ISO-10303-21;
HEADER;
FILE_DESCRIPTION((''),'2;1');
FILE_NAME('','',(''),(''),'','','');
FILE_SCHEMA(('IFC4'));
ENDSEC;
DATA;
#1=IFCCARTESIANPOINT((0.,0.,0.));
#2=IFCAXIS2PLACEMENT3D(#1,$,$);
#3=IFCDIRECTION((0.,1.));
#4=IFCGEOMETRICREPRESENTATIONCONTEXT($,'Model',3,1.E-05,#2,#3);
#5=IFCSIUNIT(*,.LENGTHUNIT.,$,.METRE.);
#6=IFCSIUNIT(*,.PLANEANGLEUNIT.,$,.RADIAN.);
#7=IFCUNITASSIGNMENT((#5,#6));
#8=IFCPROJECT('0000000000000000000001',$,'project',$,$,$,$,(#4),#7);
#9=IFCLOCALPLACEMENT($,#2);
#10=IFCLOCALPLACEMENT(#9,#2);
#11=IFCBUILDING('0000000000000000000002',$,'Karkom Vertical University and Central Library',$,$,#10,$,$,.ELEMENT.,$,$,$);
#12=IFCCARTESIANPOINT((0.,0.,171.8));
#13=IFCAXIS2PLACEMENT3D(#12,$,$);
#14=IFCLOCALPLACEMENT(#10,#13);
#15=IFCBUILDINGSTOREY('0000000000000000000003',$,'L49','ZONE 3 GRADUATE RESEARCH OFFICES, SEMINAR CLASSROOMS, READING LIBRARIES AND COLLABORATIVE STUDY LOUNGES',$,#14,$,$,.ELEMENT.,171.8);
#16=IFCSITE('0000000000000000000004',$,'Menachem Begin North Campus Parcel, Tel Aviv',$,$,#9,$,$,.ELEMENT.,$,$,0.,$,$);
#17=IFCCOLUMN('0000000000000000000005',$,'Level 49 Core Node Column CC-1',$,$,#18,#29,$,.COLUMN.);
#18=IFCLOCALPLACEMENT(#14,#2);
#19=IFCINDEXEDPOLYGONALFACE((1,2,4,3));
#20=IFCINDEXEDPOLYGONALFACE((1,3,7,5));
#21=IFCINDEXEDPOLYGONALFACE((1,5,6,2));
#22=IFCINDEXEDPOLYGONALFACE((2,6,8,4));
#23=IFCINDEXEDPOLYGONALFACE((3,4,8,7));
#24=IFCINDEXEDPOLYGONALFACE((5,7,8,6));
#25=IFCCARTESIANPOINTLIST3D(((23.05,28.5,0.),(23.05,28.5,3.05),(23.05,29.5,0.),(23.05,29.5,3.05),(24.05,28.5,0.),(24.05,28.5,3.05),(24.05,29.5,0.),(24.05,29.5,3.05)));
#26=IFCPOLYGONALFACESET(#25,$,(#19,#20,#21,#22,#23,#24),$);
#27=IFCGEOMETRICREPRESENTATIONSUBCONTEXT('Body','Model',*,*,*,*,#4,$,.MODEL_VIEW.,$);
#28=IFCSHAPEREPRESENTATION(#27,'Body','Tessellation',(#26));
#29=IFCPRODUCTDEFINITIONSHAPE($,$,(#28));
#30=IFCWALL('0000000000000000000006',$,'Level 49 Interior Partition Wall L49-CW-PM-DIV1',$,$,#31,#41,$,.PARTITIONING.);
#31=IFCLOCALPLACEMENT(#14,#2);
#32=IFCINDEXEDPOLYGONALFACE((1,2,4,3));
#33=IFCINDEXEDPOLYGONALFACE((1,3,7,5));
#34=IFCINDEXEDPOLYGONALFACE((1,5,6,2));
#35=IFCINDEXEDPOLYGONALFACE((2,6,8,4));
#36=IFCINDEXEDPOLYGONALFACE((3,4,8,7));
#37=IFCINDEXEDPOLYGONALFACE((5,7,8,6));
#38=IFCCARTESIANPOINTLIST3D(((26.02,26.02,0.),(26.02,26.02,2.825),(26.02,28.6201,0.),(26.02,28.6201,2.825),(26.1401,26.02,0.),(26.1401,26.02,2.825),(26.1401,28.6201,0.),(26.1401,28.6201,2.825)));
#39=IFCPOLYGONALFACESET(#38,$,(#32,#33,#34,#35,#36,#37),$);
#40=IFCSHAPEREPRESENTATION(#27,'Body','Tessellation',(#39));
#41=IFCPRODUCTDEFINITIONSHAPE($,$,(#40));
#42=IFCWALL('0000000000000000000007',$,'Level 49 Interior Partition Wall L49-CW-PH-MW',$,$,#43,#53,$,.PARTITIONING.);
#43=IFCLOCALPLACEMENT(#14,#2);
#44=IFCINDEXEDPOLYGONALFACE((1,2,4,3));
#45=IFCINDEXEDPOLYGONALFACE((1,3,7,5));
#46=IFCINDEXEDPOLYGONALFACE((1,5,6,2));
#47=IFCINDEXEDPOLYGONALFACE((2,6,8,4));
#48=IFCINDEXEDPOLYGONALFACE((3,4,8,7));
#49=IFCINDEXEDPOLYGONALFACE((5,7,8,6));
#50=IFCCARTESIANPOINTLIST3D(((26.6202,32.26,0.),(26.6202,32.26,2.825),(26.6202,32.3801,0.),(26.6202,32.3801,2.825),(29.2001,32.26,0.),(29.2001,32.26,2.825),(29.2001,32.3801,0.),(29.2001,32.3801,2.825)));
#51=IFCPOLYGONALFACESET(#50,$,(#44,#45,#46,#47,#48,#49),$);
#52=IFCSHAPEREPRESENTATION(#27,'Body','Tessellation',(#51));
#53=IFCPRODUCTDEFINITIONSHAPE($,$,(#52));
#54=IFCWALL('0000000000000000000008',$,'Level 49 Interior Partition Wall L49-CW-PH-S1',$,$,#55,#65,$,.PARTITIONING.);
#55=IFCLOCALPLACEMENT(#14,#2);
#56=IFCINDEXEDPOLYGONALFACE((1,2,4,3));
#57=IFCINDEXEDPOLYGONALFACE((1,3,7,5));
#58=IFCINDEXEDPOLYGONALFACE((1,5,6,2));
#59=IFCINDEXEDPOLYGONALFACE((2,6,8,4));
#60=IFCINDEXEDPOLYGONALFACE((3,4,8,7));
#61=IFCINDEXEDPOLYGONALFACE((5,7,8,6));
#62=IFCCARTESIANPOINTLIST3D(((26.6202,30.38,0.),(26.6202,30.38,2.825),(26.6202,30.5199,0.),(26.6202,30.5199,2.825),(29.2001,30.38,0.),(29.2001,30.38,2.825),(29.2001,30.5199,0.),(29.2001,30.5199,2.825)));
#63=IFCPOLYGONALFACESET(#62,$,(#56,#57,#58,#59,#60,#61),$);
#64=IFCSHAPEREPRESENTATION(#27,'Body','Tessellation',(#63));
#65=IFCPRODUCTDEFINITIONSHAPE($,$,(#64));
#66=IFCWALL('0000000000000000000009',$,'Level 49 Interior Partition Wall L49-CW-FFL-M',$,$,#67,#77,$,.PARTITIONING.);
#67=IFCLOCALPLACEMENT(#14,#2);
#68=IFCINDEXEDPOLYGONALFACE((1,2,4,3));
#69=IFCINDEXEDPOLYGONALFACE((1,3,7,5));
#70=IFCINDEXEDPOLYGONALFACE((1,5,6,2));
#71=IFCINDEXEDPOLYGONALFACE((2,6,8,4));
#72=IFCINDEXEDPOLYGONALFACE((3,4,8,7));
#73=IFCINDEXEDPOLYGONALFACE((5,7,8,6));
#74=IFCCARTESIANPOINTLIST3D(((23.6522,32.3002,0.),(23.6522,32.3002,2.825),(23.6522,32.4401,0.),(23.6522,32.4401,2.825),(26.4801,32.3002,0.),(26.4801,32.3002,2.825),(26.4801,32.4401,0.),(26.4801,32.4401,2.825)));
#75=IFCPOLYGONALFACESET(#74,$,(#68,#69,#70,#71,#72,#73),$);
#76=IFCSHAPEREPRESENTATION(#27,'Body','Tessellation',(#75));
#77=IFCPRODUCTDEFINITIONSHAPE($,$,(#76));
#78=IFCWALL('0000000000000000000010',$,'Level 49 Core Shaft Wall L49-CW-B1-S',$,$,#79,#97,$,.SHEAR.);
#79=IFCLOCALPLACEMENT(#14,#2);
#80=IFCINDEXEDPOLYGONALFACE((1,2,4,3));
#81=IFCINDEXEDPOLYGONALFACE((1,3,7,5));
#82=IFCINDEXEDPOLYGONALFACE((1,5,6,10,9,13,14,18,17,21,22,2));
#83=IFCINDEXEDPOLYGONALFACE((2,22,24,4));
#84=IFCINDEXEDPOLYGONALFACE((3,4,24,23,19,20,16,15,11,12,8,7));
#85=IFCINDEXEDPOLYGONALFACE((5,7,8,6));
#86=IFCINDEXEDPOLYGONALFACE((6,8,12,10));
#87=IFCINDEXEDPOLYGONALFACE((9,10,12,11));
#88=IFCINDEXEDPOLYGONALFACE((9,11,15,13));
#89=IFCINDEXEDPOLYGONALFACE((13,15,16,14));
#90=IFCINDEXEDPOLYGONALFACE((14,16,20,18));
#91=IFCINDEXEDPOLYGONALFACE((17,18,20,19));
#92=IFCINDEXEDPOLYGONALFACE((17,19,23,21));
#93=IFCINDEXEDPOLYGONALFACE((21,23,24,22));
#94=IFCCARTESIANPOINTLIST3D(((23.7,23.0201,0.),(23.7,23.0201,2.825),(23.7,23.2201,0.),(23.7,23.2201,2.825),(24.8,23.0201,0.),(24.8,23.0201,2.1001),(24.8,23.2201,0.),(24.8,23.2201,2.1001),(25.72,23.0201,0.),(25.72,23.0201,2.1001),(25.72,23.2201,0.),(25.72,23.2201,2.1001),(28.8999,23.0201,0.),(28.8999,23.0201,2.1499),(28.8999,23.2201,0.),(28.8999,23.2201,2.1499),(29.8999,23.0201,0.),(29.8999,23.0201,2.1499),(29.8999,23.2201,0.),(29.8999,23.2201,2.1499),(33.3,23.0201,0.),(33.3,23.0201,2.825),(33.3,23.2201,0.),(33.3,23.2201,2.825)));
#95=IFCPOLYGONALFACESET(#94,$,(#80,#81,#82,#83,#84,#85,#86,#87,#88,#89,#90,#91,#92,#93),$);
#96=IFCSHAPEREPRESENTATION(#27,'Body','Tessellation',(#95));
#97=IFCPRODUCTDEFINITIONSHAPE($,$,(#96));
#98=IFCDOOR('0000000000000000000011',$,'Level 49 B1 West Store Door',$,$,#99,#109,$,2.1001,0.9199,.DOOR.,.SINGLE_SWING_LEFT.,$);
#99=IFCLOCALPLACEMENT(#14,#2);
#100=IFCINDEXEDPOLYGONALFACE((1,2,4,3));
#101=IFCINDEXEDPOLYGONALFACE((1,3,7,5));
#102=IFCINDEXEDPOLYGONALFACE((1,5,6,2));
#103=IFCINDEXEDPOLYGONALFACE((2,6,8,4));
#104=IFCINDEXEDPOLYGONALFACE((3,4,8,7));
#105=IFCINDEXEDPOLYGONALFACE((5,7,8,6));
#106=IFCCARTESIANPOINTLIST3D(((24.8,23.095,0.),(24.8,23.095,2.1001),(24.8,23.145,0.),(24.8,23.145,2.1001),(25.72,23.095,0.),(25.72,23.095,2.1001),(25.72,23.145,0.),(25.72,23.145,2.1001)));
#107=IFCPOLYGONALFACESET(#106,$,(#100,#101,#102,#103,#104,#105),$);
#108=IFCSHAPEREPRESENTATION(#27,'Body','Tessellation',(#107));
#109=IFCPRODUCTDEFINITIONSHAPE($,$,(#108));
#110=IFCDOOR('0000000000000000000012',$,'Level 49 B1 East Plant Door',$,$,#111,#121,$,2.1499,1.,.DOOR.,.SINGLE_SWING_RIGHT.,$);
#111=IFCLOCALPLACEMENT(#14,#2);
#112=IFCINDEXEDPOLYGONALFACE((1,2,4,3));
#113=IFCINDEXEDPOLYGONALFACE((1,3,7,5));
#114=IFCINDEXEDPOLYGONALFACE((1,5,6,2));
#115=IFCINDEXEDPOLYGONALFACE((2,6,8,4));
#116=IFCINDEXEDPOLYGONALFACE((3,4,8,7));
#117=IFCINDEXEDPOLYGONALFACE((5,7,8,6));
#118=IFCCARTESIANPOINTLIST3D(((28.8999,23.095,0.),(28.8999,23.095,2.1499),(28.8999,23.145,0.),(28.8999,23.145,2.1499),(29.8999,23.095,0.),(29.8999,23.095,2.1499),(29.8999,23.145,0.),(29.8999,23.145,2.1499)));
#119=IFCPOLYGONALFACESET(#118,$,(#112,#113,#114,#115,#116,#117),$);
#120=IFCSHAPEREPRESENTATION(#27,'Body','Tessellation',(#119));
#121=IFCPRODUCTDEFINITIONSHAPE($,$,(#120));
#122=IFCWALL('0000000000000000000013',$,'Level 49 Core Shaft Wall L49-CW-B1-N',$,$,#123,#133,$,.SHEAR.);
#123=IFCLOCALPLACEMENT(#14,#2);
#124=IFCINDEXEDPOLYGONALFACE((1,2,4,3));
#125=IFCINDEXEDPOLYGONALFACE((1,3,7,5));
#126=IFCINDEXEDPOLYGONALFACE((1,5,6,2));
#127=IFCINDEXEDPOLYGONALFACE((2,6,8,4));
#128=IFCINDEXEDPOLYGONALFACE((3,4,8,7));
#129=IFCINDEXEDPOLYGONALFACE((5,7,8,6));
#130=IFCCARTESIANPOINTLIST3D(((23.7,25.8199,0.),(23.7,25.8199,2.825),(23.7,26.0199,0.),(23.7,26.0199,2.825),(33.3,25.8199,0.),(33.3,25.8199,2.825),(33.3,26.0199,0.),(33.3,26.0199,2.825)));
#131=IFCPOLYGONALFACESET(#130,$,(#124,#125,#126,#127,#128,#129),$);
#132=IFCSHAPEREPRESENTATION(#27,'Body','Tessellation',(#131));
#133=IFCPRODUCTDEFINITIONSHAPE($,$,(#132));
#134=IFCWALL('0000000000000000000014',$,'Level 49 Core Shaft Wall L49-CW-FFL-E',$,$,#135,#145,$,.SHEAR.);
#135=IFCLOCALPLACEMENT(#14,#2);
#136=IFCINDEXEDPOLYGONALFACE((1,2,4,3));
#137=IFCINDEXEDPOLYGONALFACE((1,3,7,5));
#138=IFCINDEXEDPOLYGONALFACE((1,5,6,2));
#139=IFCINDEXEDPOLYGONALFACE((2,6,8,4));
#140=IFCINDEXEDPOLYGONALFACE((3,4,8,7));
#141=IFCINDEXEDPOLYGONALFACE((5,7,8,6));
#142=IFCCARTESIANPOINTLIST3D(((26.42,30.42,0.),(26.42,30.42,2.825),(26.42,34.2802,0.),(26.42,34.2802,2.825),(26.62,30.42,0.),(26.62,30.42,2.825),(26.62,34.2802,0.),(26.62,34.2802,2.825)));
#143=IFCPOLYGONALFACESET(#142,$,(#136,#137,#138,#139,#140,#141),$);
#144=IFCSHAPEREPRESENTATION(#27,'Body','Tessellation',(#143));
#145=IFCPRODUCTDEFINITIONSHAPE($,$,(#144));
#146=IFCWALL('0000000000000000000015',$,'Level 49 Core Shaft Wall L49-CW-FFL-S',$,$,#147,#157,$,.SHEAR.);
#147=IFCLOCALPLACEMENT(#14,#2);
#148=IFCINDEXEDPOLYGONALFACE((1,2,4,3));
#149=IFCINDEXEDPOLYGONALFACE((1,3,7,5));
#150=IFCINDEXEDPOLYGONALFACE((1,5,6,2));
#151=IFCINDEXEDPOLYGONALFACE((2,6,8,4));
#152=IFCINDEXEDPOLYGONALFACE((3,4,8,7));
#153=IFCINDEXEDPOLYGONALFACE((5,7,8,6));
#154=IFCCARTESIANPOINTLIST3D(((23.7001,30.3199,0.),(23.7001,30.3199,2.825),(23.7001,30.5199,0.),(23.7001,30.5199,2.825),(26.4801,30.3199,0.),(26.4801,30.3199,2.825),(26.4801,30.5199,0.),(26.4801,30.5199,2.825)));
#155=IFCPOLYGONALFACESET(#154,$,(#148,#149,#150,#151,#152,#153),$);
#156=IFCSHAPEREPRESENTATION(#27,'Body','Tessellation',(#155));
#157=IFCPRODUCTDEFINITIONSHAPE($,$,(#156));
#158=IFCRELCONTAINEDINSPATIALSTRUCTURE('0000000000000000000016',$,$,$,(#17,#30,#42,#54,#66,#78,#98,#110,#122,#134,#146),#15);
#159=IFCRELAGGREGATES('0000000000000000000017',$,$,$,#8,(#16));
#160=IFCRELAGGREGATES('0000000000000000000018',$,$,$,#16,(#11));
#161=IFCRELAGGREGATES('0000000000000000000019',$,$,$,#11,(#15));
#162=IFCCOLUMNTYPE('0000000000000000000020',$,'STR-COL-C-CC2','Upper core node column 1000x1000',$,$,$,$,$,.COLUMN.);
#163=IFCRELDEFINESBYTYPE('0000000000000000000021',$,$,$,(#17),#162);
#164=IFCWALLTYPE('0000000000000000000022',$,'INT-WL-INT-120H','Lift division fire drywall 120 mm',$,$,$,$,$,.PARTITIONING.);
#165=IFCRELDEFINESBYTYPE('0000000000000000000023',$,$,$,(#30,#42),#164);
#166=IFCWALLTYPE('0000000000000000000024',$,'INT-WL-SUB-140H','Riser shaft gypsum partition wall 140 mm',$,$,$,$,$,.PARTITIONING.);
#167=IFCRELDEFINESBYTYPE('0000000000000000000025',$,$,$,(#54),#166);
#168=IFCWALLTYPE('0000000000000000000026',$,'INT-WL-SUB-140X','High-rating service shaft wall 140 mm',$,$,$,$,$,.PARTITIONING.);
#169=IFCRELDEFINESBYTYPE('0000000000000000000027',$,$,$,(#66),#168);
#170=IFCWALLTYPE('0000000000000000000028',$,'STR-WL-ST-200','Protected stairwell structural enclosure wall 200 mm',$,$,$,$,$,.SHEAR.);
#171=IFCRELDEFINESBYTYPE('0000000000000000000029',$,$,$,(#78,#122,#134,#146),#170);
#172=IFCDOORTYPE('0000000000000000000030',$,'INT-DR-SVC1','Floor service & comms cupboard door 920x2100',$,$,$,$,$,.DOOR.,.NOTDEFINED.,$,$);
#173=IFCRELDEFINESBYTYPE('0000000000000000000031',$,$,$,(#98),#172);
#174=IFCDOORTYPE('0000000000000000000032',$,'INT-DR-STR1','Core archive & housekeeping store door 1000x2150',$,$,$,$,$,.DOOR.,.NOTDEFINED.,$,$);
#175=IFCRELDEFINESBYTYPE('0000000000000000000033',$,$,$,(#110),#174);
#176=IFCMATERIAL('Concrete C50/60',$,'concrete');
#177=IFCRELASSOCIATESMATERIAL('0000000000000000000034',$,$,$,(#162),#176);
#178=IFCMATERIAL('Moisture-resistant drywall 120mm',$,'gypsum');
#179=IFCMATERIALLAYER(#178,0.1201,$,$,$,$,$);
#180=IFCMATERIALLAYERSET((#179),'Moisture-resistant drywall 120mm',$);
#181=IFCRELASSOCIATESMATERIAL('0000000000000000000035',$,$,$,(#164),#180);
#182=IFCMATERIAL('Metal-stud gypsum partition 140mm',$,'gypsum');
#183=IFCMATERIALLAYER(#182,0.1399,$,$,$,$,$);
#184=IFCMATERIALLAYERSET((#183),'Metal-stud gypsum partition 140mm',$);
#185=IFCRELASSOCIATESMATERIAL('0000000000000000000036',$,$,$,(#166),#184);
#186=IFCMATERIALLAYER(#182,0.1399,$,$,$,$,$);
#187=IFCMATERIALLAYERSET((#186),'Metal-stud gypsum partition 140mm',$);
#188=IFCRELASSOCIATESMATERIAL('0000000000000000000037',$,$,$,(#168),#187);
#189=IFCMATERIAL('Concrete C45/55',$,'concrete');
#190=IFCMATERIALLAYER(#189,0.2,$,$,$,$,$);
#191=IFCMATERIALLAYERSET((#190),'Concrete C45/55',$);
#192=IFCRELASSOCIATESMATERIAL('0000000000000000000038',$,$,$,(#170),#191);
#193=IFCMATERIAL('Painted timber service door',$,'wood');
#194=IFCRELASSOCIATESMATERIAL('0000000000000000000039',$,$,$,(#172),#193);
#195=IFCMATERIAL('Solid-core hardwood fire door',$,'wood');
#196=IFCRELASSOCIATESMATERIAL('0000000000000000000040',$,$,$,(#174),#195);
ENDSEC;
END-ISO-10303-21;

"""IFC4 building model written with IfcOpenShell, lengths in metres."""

from ifc_helpers import new_model, si_unit, direction, frame, frame_2d, origin, origin_with_axes, origin_2d, place, context, subcontext, project, spatial, rectangle, extrude, source, transform, mapped, material, layer, layer_set, material_profile, profile_set, type_object, element, fill, save


model = new_model("IFC4")

# Units and contexts
model_context = context("Model", 3, precision=1e-05, world=origin(), true_north=direction((0.0, 1.0)))
body_context = subcontext(model_context, "Body", "Model", "MODEL_VIEW")
ifc_project = project(units=[si_unit("LENGTHUNIT", "METRE"), si_unit("PLANEANGLEUNIT", "RADIAN")], contexts=[model_context])

# Site, building, storey
site_placement = place(None, origin())
site = spatial("IfcSite", under=ifc_project, at=site_placement, Name="Menachem Begin North Campus Parcel, Tel Aviv", CompositionType="ELEMENT", RefElevation=0.0)
building_placement = place(site_placement, origin())
building = spatial("IfcBuilding", under=site, at=building_placement, Name="Karkom Vertical University and Central Library", CompositionType="ELEMENT")
storey_placement = place(building_placement, frame((0.0, 0.0, 171.8)))
storey = spatial("IfcBuildingStorey", under=building, at=storey_placement, Name="L49", Description="ZONE 3 GRADUATE RESEARCH OFFICES, SEMINAR CLASSROOMS, READING LIBRARIES AND COLLABORATIVE STUDY LOUNGES", CompositionType="ELEMENT", Elevation=171.8)

# Column
ifc_material_1 = material(Name="Concrete C50/60", Category="concrete")
ifc_material_profile = material_profile(ifc_material_1, rectangle(XDim=1.0, YDim=1.0, at=origin_2d()), Name="RC-1000x1000")
ifc_profile_set = profile_set([ifc_material_profile], Name="Concrete C50/60")
column_type = type_object("IfcColumnType", Name="STR-COL-C-CC2", Description="Upper core node column 1000x1000", PredefinedType="COLUMN", material=ifc_profile_set)
shared_shape_1 = source(origin_with_axes(), body_context, "Body", "SweptSolid", [
    extrude(rectangle(XDim=1.0, YDim=1.0, at=origin_2d()), origin(), (0.0, 0.0, 1.0), 3.05),
])
column_placement = place(storey_placement, frame((23.55, 29.0, 0.0), z_axis=(0.0, 0.0, 1.0), x_axis=(1.0, 0.0, 0.0)))
element("IfcColumn", 1, at=column_placement, inside=storey, type_object=column_type, Name="Level 49 Core Node Column CC-1", PredefinedType="COLUMN", context=body_context, shape_type="MappedRepresentation", body=[
    mapped(shared_shape_1, transform((0.0, 0.0, 0.0), scale=1.0)),
])

# Walls
ifc_material_2 = material(Name="Moisture-resistant drywall 120mm", Category="gypsum")
ifc_layer_1 = layer(ifc_material_2, 0.1201)
ifc_layer_set_1 = layer_set([ifc_layer_1], Name="Moisture-resistant drywall 120mm")
wall_type_1 = type_object("IfcWallType", Name="INT-WL-INT-120H", Description="Lift division fire drywall 120 mm", PredefinedType="PARTITIONING", material=ifc_layer_set_1)
wall_1_placement = place(storey_placement, frame((26.0801, 26.02, 0.0), z_axis=(0.0, 0.0, 1.0), x_axis=(0.0, 1.0, 0.0)))
element("IfcWall", 2, at=wall_1_placement, inside=storey, type_object=wall_type_1, Name="Level 49 Interior Partition Wall L49-CW-PM-DIV1", PredefinedType="PARTITIONING", context=body_context, shape_type="SweptSolid", body=[
    extrude(rectangle(XDim=2.6001, YDim=0.1201, at=frame_2d((1.3, 0.0))), origin(), (0.0, 0.0, 1.0), 2.825),
])
wall_2_placement = place(storey_placement, frame((26.6201, 32.3201, 0.0), z_axis=(0.0, 0.0, 1.0), x_axis=(1.0, 0.0, 0.0)))
element("IfcWall", 3, at=wall_2_placement, inside=storey, type_object=wall_type_1, Name="Level 49 Interior Partition Wall L49-CW-PH-MW", PredefinedType="PARTITIONING", context=body_context, shape_type="SweptSolid", body=[
    extrude(rectangle(XDim=2.5798, YDim=0.1201, at=frame_2d((1.29, 0.0))), origin(), (0.0, 0.0, 1.0), 2.825),
])
ifc_material_3 = material(Name="Metal-stud gypsum partition 140mm", Category="gypsum")
ifc_layer_2 = layer(ifc_material_3, 0.1399)
ifc_layer_set_2 = layer_set([ifc_layer_2], Name="Metal-stud gypsum partition 140mm")
wall_type_2 = type_object("IfcWallType", Name="INT-WL-SUB-140H", Description="Riser shaft gypsum partition wall 140 mm", PredefinedType="PARTITIONING", material=ifc_layer_set_2)
wall_3_placement = place(storey_placement, frame((26.6201, 30.45, 0.0), z_axis=(0.0, 0.0, 1.0), x_axis=(1.0, 0.0, 0.0)))
element("IfcWall", 4, at=wall_3_placement, inside=storey, type_object=wall_type_2, Name="Level 49 Interior Partition Wall L49-CW-PH-S1", PredefinedType="PARTITIONING", context=body_context, shape_type="SweptSolid", body=[
    extrude(rectangle(XDim=2.5798, YDim=0.1399, at=frame_2d((1.29, 0.0))), origin(), (0.0, 0.0, 1.0), 2.825),
])
ifc_layer_3 = layer(ifc_material_3, 0.1399)
ifc_layer_set_3 = layer_set([ifc_layer_3], Name="Metal-stud gypsum partition 140mm")
wall_type_3 = type_object("IfcWallType", Name="INT-WL-SUB-140X", Description="High-rating service shaft wall 140 mm", PredefinedType="PARTITIONING", material=ifc_layer_set_3)
wall_4_placement = place(storey_placement, frame((23.6521, 32.3701, 0.0), z_axis=(0.0, 0.0, 1.0), x_axis=(1.0, 0.0, 0.0)))
element("IfcWall", 5, at=wall_4_placement, inside=storey, type_object=wall_type_3, Name="Level 49 Interior Partition Wall L49-CW-FFL-M", PredefinedType="PARTITIONING", context=body_context, shape_type="SweptSolid", body=[
    extrude(rectangle(XDim=2.8279, YDim=0.1399, at=frame_2d((1.4141, 0.0))), origin(), (0.0, 0.0, 1.0), 2.825),
])

# Wall, openings, doors
ifc_material_4 = material(Name="Concrete C45/55", Category="concrete")
ifc_layer_4 = layer(ifc_material_4, 0.2)
ifc_layer_set_4 = layer_set([ifc_layer_4], Name="Concrete C45/55")
wall_type_4 = type_object("IfcWallType", Name="STR-WL-ST-200", Description="Protected stairwell structural enclosure wall 200 mm", PredefinedType="SHEAR", material=ifc_layer_set_4)
wall_5_placement = place(storey_placement, frame((23.7, 23.1201, 0.0), z_axis=(0.0, 0.0, 1.0), x_axis=(1.0, 0.0, 0.0)))
wall_5 = element("IfcWall", 6, at=wall_5_placement, inside=storey, type_object=wall_type_4, Name="Level 49 Core Shaft Wall L49-CW-B1-S", PredefinedType="SHEAR", context=body_context, shape_type="SweptSolid", body=[
    extrude(rectangle(XDim=9.6001, YDim=0.2, at=frame_2d((4.8, 0.0))), origin(), (0.0, 0.0, 1.0), 2.825),
])
opening_1_placement = place(wall_5_placement, frame((1.1001, 0.0, 0.0)))
opening_1 = element("IfcOpeningElement", 7, at=opening_1_placement, cuts=wall_5, PredefinedType="OPENING", context=body_context, shape_type="SweptSolid", body=[
    extrude(rectangle(XDim=0.9199, YDim=2.1001, at=frame_2d((0.46, 1.05))), frame((0.0, 0.1099, 0.0), z_axis=(0.0, -1.0, 0.0), x_axis=(1.0, 0.0, 0.0)), (0.0, 0.0, 1.0), 0.22),
])
opening_2_placement = place(wall_5_placement, frame((5.2, 0.0, 0.0)))
opening_2 = element("IfcOpeningElement", 8, at=opening_2_placement, cuts=wall_5, PredefinedType="OPENING", context=body_context, shape_type="SweptSolid", body=[
    extrude(rectangle(XDim=1.0, YDim=2.1499, at=frame_2d((0.5, 1.075))), frame((0.0, 0.1099, 0.0), z_axis=(0.0, -1.0, 0.0), x_axis=(1.0, 0.0, 0.0)), (0.0, 0.0, 1.0), 0.22),
])
ifc_material_5 = material(Name="Painted timber service door", Category="wood")
door_type_1 = type_object("IfcDoorType", Name="INT-DR-SVC1", Description="Floor service & comms cupboard door 920x2100", OperationType="NOTDEFINED", PredefinedType="DOOR", material=ifc_material_5)
shared_shape_2 = source(origin_with_axes(), body_context, "Body", "SweptSolid", [
    extrude(rectangle(XDim=0.9199, YDim=2.1001, at=frame_2d((0.46, 1.05))), frame((0.0, 0.0249, 0.0), z_axis=(0.0, -1.0, 0.0), x_axis=(1.0, 0.0, 0.0)), (0.0, 0.0, 1.0), 0.05),
])
door_1_placement = place(opening_1_placement, origin())
door_1 = element("IfcDoor", 9, at=door_1_placement, inside=storey, type_object=door_type_1, Name="Level 49 B1 West Store Door", OperationType="SINGLE_SWING_LEFT", OverallHeight=2.1001, OverallWidth=0.9199, PredefinedType="DOOR", context=body_context, shape_type="MappedRepresentation", body=[
    mapped(shared_shape_2, transform((0.0, 0.0, 0.0), scale=1.0)),
])
fill(opening_1, door_1)
ifc_material_6 = material(Name="Solid-core hardwood fire door", Category="wood")
door_type_2 = type_object("IfcDoorType", Name="INT-DR-STR1", Description="Core archive & housekeeping store door 1000x2150", OperationType="NOTDEFINED", PredefinedType="DOOR", material=ifc_material_6)
shared_shape_3 = source(origin_with_axes(), body_context, "Body", "SweptSolid", [
    extrude(rectangle(XDim=1.0, YDim=2.1499, at=frame_2d((0.5, 1.075))), frame((0.0, 0.0249, 0.0), z_axis=(0.0, -1.0, 0.0), x_axis=(1.0, 0.0, 0.0)), (0.0, 0.0, 1.0), 0.05),
])
door_2_placement = place(opening_2_placement, origin())
door_2 = element("IfcDoor", 10, at=door_2_placement, inside=storey, type_object=door_type_2, Name="Level 49 B1 East Plant Door", OperationType="SINGLE_SWING_RIGHT", OverallHeight=2.1499, OverallWidth=1.0, PredefinedType="DOOR", context=body_context, shape_type="MappedRepresentation", body=[
    mapped(shared_shape_3, transform((0.0, 0.0, 0.0), scale=1.0)),
])
fill(opening_2, door_2)

# Wall
wall_6_placement = place(storey_placement, frame((23.7, 25.9199, 0.0), z_axis=(0.0, 0.0, 1.0), x_axis=(1.0, 0.0, 0.0)))
element("IfcWall", 11, at=wall_6_placement, inside=storey, type_object=wall_type_4, Name="Level 49 Core Shaft Wall L49-CW-B1-N", PredefinedType="SHEAR", context=body_context, shape_type="SweptSolid", body=[
    extrude(rectangle(XDim=9.6001, YDim=0.2, at=frame_2d((4.8, 0.0))), origin(), (0.0, 0.0, 1.0), 2.825),
])

# Walls
wall_7_placement = place(storey_placement, frame((26.52, 30.4199, 0.0), z_axis=(0.0, 0.0, 1.0), x_axis=(0.0, 1.0, 0.0)))
element("IfcWall", 12, at=wall_7_placement, inside=storey, type_object=wall_type_4, Name="Level 49 Core Shaft Wall L49-CW-FFL-E", PredefinedType="SHEAR", context=body_context, shape_type="SweptSolid", body=[
    extrude(rectangle(XDim=3.8601, YDim=0.2, at=frame_2d((1.9302, 0.0))), origin(), (0.0, 0.0, 1.0), 2.825),
])
wall_8_placement = place(storey_placement, frame((23.7, 30.4199, 0.0), z_axis=(0.0, 0.0, 1.0), x_axis=(1.0, 0.0, 0.0)))
element("IfcWall", 13, at=wall_8_placement, inside=storey, type_object=wall_type_4, Name="Level 49 Core Shaft Wall L49-CW-FFL-S", PredefinedType="SHEAR", context=body_context, shape_type="SweptSolid", body=[
    extrude(rectangle(XDim=2.78, YDim=0.2, at=frame_2d((1.3901, 0.0))), origin(), (0.0, 0.0, 1.0), 2.825),
])

save(model, "model.ifc")
